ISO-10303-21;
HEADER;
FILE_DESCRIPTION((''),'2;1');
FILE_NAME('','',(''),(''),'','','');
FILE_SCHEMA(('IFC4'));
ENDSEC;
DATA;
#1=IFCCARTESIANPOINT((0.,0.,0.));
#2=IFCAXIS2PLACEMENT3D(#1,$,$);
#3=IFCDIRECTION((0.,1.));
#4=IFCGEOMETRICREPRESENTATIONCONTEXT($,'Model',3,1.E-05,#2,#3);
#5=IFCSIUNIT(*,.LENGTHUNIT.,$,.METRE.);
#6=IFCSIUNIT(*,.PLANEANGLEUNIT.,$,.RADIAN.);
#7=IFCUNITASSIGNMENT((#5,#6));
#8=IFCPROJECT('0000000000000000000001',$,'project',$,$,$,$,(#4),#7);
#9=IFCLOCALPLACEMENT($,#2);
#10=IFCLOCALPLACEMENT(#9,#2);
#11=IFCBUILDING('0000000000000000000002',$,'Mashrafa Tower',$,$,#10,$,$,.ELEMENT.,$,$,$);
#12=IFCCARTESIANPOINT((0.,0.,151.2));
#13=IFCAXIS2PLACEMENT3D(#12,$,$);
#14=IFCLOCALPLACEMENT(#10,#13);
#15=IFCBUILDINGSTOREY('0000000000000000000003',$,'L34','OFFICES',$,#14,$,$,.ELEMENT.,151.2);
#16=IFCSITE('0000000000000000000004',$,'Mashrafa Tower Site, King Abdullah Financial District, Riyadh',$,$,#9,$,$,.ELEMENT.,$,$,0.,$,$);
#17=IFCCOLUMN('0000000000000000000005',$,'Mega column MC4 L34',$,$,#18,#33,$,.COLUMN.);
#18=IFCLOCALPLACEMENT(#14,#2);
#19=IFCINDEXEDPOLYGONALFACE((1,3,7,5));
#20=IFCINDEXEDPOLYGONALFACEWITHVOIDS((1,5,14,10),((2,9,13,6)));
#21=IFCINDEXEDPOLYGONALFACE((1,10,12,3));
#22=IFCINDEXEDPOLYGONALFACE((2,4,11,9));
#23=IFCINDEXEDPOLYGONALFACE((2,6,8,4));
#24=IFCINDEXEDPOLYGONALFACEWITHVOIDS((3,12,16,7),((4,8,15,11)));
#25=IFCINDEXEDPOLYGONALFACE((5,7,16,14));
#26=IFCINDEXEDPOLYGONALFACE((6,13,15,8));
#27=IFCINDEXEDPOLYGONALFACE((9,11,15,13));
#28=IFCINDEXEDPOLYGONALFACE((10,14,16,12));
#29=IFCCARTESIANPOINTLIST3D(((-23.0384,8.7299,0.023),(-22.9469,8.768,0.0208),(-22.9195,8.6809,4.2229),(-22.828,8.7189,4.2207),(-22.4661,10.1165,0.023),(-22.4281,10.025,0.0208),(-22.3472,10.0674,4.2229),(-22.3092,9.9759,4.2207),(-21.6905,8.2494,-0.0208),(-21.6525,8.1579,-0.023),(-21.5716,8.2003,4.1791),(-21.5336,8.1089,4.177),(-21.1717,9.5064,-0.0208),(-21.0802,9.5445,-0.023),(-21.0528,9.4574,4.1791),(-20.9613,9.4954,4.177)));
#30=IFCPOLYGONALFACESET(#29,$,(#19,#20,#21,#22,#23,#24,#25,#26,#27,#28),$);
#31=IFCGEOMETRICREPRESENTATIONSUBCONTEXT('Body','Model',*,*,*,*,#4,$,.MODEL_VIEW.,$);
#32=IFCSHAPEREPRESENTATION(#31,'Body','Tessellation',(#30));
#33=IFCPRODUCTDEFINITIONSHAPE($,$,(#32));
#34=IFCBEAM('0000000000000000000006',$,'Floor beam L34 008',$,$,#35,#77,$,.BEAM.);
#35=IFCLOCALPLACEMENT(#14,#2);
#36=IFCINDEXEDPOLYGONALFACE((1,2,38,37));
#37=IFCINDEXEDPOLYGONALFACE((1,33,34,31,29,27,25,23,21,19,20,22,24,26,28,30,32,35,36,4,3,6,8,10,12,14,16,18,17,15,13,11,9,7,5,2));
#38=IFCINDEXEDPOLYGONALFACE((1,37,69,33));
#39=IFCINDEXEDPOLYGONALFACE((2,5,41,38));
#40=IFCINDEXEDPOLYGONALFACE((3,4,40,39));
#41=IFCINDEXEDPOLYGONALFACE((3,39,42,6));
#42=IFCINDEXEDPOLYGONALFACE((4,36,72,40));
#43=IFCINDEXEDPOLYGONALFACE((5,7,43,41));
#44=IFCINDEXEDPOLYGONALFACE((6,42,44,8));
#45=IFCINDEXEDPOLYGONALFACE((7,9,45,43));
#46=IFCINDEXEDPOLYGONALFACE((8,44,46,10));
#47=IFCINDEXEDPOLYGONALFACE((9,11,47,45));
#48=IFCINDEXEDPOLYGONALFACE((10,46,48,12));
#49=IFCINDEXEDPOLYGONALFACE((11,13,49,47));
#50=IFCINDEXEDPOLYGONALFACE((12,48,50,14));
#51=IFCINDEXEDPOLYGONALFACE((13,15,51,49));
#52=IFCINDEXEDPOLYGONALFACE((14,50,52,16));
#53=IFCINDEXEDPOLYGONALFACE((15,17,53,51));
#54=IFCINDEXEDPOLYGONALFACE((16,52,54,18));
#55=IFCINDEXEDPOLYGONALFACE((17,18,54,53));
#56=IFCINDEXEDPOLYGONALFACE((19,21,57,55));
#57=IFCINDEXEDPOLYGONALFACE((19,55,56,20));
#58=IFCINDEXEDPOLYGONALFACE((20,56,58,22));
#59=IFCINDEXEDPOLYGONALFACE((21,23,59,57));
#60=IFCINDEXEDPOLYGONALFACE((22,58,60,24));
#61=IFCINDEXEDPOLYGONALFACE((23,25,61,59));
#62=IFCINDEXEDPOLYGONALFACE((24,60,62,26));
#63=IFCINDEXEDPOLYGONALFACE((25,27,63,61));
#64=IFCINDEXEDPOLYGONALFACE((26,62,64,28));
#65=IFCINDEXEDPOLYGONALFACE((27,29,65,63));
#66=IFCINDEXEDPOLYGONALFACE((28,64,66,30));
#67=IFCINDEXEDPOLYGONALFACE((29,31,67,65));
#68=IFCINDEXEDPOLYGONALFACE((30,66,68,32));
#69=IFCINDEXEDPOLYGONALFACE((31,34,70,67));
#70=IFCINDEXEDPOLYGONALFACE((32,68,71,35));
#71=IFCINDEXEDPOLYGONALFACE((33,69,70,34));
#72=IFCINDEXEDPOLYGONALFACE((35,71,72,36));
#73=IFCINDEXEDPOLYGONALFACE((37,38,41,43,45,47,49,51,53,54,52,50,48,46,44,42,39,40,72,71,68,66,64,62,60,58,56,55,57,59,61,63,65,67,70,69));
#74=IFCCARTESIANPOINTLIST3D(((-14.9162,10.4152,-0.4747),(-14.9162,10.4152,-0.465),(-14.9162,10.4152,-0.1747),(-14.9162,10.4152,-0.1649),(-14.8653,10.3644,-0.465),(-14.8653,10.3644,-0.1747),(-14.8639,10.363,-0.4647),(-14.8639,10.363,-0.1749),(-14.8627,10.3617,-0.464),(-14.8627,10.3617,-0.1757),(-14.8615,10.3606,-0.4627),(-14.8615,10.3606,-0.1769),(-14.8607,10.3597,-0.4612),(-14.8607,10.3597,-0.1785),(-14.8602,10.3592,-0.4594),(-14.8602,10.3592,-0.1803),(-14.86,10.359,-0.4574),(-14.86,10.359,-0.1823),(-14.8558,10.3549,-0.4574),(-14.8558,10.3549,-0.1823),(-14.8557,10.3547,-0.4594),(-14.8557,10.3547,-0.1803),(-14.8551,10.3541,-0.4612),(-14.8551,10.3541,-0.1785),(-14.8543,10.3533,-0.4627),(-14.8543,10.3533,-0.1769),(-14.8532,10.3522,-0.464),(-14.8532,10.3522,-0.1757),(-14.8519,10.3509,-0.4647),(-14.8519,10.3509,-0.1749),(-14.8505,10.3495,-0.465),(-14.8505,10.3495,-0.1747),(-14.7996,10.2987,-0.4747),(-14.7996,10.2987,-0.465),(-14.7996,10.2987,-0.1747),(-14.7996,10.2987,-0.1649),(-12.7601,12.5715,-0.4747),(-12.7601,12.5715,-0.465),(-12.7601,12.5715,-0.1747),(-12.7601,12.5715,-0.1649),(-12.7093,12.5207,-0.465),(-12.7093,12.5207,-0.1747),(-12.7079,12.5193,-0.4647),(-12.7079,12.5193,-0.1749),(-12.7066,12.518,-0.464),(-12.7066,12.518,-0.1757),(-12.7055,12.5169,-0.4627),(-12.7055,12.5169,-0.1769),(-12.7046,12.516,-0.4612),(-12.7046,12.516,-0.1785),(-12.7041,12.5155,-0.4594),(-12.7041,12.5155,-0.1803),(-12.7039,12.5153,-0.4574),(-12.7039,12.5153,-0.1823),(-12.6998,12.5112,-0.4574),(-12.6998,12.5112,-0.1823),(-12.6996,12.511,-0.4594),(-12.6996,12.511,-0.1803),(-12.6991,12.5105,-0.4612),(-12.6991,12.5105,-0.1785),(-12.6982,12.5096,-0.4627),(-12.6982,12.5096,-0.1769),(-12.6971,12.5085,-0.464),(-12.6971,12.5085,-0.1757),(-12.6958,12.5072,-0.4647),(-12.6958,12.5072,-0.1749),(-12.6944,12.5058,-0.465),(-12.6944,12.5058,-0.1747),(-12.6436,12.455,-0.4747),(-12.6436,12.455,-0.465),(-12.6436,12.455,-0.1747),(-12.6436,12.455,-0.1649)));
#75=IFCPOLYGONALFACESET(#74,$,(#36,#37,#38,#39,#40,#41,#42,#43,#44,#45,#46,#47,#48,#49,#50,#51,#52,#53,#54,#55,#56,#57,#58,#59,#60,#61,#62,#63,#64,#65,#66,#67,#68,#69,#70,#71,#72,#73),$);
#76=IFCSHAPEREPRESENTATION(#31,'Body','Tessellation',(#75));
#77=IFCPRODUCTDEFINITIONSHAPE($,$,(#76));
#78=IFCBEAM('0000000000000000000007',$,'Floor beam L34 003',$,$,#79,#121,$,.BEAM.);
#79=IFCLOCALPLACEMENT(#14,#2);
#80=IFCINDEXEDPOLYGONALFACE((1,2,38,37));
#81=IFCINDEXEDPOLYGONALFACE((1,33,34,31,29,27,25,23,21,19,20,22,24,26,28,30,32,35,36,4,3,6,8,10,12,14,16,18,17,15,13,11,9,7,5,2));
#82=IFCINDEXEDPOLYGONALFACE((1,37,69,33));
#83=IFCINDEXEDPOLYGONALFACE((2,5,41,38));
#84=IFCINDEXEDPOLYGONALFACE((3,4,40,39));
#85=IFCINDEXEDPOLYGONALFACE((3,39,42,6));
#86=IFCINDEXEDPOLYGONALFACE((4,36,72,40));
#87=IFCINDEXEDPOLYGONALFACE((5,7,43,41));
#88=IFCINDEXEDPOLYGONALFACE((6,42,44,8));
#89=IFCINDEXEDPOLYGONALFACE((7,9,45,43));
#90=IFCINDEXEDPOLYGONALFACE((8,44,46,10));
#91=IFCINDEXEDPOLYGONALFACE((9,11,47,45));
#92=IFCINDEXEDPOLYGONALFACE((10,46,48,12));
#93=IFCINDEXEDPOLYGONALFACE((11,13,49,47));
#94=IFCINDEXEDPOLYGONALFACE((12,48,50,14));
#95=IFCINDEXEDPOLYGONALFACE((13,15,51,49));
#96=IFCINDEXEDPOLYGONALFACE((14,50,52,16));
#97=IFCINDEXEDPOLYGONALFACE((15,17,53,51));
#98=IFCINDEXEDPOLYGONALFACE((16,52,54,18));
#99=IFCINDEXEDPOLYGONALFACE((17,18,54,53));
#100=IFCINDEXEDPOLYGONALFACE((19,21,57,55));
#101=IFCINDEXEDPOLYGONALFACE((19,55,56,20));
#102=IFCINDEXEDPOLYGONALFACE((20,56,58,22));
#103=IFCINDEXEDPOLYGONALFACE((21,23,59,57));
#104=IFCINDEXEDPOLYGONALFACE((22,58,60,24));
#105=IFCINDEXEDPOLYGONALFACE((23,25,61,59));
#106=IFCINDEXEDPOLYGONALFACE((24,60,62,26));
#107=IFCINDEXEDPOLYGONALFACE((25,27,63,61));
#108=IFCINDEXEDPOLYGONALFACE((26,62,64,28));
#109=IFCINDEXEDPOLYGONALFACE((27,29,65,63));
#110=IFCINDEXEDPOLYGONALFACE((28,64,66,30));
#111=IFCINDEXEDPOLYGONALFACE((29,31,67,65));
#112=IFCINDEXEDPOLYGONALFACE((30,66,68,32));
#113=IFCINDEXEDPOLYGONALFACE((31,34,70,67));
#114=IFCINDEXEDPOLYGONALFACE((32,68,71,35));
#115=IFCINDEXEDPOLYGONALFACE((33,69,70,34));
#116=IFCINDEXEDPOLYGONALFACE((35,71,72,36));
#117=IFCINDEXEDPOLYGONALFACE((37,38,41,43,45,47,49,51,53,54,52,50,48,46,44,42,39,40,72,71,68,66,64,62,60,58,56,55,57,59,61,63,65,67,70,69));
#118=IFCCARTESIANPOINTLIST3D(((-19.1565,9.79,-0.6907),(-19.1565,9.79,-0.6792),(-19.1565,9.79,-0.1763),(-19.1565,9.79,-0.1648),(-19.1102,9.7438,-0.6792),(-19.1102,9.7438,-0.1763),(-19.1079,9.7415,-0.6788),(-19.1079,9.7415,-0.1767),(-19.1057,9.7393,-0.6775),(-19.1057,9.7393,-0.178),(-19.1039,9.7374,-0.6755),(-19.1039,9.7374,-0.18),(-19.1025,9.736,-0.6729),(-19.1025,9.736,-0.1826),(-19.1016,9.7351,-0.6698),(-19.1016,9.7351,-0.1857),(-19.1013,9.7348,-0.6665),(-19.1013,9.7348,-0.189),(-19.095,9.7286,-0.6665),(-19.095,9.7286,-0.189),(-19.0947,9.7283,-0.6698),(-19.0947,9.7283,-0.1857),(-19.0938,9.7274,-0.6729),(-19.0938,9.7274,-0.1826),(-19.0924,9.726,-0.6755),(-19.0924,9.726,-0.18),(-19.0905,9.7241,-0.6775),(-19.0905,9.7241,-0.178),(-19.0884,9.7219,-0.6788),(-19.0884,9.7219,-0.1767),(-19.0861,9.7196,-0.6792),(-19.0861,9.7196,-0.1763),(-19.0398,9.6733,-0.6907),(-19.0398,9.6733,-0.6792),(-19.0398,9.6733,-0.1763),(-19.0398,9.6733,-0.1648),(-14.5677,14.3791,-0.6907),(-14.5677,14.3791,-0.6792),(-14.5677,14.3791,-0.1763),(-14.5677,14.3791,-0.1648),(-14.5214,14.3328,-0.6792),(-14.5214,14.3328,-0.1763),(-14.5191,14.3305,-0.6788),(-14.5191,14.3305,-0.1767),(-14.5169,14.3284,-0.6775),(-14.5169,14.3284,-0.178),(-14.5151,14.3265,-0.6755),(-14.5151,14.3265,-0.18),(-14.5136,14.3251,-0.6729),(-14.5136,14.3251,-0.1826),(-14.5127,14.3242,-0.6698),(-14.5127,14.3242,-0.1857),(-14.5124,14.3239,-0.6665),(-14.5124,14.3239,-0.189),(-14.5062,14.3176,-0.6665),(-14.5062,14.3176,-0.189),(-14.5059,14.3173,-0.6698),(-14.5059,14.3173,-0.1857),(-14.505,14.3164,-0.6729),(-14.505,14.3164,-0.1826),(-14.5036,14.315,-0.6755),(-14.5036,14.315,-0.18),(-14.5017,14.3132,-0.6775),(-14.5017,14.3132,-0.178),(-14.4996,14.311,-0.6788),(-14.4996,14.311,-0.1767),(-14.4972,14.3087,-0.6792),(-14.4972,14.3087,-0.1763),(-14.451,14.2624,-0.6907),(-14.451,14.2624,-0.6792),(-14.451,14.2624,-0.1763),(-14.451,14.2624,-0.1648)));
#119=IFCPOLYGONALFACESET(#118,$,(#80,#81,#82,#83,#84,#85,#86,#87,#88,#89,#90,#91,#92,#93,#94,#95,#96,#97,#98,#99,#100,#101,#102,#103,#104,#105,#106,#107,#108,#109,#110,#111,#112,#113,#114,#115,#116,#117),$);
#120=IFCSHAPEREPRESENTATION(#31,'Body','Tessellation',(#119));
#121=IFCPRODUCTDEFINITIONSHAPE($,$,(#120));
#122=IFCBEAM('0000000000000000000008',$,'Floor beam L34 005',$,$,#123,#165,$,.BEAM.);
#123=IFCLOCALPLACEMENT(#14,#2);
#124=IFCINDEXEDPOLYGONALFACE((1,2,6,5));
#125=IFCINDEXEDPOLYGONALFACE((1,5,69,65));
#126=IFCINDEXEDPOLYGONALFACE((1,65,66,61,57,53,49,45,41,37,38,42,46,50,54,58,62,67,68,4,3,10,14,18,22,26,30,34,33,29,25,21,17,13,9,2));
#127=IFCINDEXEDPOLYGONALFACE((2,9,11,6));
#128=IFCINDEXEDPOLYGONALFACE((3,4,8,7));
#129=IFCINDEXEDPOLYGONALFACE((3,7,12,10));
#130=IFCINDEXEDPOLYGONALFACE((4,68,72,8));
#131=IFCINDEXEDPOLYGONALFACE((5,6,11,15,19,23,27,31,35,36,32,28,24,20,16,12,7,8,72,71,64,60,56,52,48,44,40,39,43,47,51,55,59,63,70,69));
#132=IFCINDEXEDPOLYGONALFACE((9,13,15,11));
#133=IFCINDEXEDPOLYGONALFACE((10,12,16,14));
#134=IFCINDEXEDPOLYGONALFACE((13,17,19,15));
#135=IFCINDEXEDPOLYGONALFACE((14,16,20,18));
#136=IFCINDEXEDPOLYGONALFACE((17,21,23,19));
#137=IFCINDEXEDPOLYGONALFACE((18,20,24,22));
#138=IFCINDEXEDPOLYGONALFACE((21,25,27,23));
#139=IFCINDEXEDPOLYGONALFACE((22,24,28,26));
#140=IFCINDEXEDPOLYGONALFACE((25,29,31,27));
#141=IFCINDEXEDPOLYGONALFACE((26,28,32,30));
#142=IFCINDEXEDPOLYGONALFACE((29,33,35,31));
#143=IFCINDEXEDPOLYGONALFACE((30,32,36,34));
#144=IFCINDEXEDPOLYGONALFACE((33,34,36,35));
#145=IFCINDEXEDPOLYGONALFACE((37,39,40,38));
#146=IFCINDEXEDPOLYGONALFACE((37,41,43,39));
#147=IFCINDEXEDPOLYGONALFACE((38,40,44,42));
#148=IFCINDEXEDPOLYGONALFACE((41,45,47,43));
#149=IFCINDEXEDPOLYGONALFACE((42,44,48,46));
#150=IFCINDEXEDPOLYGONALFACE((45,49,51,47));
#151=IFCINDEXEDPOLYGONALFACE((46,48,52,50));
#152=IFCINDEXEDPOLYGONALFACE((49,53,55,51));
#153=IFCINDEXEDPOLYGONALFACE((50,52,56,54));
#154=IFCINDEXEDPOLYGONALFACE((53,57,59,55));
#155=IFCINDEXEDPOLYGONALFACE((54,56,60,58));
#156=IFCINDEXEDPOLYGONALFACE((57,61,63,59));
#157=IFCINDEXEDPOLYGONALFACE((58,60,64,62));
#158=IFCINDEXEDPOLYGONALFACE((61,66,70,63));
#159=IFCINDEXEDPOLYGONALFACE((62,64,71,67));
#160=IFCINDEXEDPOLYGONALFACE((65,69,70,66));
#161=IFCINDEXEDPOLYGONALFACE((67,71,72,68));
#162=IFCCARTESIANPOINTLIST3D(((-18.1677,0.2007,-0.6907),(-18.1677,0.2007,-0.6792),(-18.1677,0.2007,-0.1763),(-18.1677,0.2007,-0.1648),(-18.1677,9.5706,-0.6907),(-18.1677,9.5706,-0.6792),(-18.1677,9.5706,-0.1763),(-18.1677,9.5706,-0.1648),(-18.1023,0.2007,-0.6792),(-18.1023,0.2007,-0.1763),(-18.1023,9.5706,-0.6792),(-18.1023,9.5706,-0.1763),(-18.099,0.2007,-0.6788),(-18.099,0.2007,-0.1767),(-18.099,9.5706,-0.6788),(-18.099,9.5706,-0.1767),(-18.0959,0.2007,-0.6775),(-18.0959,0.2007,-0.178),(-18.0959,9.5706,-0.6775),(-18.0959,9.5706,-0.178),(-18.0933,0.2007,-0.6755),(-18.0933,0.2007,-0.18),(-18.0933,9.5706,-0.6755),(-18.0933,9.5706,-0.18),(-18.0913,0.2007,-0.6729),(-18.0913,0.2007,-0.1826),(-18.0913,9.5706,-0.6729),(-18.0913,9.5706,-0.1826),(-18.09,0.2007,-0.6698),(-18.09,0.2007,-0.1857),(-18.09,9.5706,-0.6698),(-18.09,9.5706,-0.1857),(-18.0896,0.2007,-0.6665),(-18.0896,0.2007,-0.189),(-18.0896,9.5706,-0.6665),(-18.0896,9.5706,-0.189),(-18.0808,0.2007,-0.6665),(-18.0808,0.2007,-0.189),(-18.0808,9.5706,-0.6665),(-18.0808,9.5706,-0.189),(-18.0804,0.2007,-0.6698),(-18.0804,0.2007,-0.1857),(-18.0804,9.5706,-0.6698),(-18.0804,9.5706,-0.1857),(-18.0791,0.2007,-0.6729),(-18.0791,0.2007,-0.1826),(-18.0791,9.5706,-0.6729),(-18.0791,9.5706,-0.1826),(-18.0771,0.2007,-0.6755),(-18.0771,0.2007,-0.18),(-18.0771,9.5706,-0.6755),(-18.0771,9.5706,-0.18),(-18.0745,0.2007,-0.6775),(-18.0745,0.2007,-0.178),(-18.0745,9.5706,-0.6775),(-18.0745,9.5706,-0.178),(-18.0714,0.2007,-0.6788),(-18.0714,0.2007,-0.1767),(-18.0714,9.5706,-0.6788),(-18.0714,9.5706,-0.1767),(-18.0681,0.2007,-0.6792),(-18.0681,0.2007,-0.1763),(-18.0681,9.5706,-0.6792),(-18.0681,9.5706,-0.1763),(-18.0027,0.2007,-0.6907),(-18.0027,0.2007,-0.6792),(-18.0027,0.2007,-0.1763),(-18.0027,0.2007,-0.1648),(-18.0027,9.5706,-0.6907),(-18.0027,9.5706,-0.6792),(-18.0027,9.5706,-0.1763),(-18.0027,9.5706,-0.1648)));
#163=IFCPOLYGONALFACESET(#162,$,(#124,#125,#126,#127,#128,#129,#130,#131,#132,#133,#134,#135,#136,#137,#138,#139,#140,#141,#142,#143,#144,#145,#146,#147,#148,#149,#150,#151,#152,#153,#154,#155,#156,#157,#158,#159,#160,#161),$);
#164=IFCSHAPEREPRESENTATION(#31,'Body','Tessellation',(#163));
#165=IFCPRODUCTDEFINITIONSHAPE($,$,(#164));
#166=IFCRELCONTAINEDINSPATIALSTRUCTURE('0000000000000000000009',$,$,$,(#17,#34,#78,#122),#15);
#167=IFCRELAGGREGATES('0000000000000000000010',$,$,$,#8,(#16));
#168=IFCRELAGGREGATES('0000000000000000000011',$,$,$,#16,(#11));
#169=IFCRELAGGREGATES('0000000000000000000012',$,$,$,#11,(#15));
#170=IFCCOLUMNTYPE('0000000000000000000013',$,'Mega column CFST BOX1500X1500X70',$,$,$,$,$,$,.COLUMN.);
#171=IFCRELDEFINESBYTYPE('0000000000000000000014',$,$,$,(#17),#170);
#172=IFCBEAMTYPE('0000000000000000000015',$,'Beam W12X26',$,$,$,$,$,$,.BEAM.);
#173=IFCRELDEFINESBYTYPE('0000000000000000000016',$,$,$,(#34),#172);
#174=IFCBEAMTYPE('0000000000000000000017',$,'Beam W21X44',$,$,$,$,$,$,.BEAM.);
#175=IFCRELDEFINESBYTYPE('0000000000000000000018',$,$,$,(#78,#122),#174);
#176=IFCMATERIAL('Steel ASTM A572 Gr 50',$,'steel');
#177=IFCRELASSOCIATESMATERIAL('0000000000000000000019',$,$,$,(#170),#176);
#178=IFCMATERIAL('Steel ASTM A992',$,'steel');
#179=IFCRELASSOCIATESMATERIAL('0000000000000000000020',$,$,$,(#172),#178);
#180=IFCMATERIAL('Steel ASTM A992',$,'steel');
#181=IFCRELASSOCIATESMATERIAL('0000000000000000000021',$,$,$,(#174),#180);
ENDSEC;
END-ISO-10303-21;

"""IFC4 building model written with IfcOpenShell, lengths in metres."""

from ifc_helpers import new_model, si_unit, direction, frame, origin, origin_2d, place, context, subcontext, project, spatial, hollow_rectangle, i_section, extrude, material, material_profile, profile_set, type_object, element, save


model = new_model("IFC4")

# Units and contexts
model_context = context("Model", 3, precision=1e-05, world=origin(), true_north=direction((0.0, 1.0)))
body_context = subcontext(model_context, "Body", "Model", "MODEL_VIEW")
ifc_project = project(units=[si_unit("LENGTHUNIT", "METRE"), si_unit("PLANEANGLEUNIT", "RADIAN")], contexts=[model_context])

# Site, building, storey
site_placement = place(None, origin())
site = spatial("IfcSite", under=ifc_project, at=site_placement, Name="Mashrafa Tower Site, King Abdullah Financial District, Riyadh", CompositionType="ELEMENT", RefElevation=0.0)
building_placement = place(site_placement, origin())
building = spatial("IfcBuilding", under=site, at=building_placement, Name="Mashrafa Tower", CompositionType="ELEMENT")
storey_placement = place(building_placement, frame((0.0, 0.0, 151.2)))
storey = spatial("IfcBuildingStorey", under=building, at=storey_placement, Name="L34", Description="OFFICES", CompositionType="ELEMENT", Elevation=151.2)

# Column
ifc_material_1 = material(Name="Steel ASTM A572 Gr 50", Category="steel")
ifc_material_profile_1 = material_profile(ifc_material_1, hollow_rectangle(XDim=1.5, YDim=1.5, WallThickness=0.0701, at=origin_2d()), Name="BOX1500X1500X70")
ifc_profile_set_1 = profile_set([ifc_material_profile_1], Name="Steel ASTM A572 Gr 50")
column_type = type_object("IfcColumnType", Name="Mega column CFST BOX1500X1500X70", PredefinedType="COLUMN", material=ifc_profile_set_1)
column_placement = place(storey_placement, frame((-22.0593, 9.1372, 0.0), z_axis=(0.028296, -0.011679, 0.999531), x_axis=(0.381513, 0.924363, 0.0)))
element("IfcColumn", 1, at=column_placement, inside=storey, type_object=column_type, Name="Mega column MC4 L34", PredefinedType="COLUMN", context=body_context, shape_type="SweptSolid", body=[
    extrude(hollow_rectangle(XDim=1.5, YDim=1.5, WallThickness=0.0701, at=origin_2d()), origin(), (0.0, 0.0, 1.0), 4.2019),
])

# Beams
ifc_material_2 = material(Name="Steel ASTM A992", Category="steel")
ifc_material_profile_2 = material_profile(ifc_material_2, i_section(OverallWidth=0.1648, OverallDepth=0.3098, WebThickness=0.0059, FlangeThickness=0.0098, FilletRadius=0.0076, at=origin_2d()), Name="W12X26")
ifc_profile_set_2 = profile_set([ifc_material_profile_2], Name="Steel ASTM A992")
beam_type_1 = type_object("IfcBeamType", Name="Beam W12X26", PredefinedType="BEAM", material=ifc_profile_set_2)
beam_1_placement = place(storey_placement, frame((-14.8579, 10.3569, -0.3198), z_axis=(0.707067, 0.707147, 0.0), x_axis=(-0.707147, 0.707067, 0.0)))
element("IfcBeam", 2, at=beam_1_placement, inside=storey, type_object=beam_type_1, Name="Floor beam L34 008", PredefinedType="BEAM", context=body_context, shape_type="SweptSolid", body=[
    extrude(i_section(OverallWidth=0.1648, OverallDepth=0.3098, WebThickness=0.0059, FlangeThickness=0.0098, FilletRadius=0.0076, at=origin_2d()), origin(), (0.0, 0.0, 1.0), 3.0493),
])
ifc_material_3 = material(Name="Steel ASTM A992", Category="steel")
ifc_material_profile_3 = material_profile(ifc_material_3, i_section(OverallWidth=0.165, OverallDepth=0.5259, WebThickness=0.0088, FlangeThickness=0.0115, FilletRadius=0.0127, at=origin_2d()), Name="W21X44")
ifc_profile_set_3 = profile_set([ifc_material_profile_3], Name="Steel ASTM A992")
beam_type_2 = type_object("IfcBeamType", Name="Beam W21X44", PredefinedType="BEAM", material=ifc_profile_set_3)
beam_2_placement = place(storey_placement, frame((-19.0981, 9.7317, -0.4277), z_axis=(0.707088, 0.707126, 0.0), x_axis=(-0.707126, 0.707088, 0.0)))
element("IfcBeam", 3, at=beam_2_placement, inside=storey, type_object=beam_type_2, Name="Floor beam L34 003", PredefinedType="BEAM", context=body_context, shape_type="SweptSolid", body=[
    extrude(i_section(OverallWidth=0.165, OverallDepth=0.5259, WebThickness=0.0088, FlangeThickness=0.0115, FilletRadius=0.0127, at=origin_2d()), origin(), (0.0, 0.0, 1.0), 6.4897),
])
beam_3_placement = place(storey_placement, frame((-18.0852, 0.2007, -0.4277), z_axis=(0.0, 1.0, 0.0), x_axis=(-1.0, 0.0, 0.0)))
element("IfcBeam", 4, at=beam_3_placement, inside=storey, type_object=beam_type_2, Name="Floor beam L34 005", PredefinedType="BEAM", context=body_context, shape_type="SweptSolid", body=[
    extrude(i_section(OverallWidth=0.165, OverallDepth=0.5259, WebThickness=0.0088, FlangeThickness=0.0115, FilletRadius=0.0127, at=origin_2d()), origin(), (0.0, 0.0, 1.0), 9.3699),
])

save(model, "model.ifc")
